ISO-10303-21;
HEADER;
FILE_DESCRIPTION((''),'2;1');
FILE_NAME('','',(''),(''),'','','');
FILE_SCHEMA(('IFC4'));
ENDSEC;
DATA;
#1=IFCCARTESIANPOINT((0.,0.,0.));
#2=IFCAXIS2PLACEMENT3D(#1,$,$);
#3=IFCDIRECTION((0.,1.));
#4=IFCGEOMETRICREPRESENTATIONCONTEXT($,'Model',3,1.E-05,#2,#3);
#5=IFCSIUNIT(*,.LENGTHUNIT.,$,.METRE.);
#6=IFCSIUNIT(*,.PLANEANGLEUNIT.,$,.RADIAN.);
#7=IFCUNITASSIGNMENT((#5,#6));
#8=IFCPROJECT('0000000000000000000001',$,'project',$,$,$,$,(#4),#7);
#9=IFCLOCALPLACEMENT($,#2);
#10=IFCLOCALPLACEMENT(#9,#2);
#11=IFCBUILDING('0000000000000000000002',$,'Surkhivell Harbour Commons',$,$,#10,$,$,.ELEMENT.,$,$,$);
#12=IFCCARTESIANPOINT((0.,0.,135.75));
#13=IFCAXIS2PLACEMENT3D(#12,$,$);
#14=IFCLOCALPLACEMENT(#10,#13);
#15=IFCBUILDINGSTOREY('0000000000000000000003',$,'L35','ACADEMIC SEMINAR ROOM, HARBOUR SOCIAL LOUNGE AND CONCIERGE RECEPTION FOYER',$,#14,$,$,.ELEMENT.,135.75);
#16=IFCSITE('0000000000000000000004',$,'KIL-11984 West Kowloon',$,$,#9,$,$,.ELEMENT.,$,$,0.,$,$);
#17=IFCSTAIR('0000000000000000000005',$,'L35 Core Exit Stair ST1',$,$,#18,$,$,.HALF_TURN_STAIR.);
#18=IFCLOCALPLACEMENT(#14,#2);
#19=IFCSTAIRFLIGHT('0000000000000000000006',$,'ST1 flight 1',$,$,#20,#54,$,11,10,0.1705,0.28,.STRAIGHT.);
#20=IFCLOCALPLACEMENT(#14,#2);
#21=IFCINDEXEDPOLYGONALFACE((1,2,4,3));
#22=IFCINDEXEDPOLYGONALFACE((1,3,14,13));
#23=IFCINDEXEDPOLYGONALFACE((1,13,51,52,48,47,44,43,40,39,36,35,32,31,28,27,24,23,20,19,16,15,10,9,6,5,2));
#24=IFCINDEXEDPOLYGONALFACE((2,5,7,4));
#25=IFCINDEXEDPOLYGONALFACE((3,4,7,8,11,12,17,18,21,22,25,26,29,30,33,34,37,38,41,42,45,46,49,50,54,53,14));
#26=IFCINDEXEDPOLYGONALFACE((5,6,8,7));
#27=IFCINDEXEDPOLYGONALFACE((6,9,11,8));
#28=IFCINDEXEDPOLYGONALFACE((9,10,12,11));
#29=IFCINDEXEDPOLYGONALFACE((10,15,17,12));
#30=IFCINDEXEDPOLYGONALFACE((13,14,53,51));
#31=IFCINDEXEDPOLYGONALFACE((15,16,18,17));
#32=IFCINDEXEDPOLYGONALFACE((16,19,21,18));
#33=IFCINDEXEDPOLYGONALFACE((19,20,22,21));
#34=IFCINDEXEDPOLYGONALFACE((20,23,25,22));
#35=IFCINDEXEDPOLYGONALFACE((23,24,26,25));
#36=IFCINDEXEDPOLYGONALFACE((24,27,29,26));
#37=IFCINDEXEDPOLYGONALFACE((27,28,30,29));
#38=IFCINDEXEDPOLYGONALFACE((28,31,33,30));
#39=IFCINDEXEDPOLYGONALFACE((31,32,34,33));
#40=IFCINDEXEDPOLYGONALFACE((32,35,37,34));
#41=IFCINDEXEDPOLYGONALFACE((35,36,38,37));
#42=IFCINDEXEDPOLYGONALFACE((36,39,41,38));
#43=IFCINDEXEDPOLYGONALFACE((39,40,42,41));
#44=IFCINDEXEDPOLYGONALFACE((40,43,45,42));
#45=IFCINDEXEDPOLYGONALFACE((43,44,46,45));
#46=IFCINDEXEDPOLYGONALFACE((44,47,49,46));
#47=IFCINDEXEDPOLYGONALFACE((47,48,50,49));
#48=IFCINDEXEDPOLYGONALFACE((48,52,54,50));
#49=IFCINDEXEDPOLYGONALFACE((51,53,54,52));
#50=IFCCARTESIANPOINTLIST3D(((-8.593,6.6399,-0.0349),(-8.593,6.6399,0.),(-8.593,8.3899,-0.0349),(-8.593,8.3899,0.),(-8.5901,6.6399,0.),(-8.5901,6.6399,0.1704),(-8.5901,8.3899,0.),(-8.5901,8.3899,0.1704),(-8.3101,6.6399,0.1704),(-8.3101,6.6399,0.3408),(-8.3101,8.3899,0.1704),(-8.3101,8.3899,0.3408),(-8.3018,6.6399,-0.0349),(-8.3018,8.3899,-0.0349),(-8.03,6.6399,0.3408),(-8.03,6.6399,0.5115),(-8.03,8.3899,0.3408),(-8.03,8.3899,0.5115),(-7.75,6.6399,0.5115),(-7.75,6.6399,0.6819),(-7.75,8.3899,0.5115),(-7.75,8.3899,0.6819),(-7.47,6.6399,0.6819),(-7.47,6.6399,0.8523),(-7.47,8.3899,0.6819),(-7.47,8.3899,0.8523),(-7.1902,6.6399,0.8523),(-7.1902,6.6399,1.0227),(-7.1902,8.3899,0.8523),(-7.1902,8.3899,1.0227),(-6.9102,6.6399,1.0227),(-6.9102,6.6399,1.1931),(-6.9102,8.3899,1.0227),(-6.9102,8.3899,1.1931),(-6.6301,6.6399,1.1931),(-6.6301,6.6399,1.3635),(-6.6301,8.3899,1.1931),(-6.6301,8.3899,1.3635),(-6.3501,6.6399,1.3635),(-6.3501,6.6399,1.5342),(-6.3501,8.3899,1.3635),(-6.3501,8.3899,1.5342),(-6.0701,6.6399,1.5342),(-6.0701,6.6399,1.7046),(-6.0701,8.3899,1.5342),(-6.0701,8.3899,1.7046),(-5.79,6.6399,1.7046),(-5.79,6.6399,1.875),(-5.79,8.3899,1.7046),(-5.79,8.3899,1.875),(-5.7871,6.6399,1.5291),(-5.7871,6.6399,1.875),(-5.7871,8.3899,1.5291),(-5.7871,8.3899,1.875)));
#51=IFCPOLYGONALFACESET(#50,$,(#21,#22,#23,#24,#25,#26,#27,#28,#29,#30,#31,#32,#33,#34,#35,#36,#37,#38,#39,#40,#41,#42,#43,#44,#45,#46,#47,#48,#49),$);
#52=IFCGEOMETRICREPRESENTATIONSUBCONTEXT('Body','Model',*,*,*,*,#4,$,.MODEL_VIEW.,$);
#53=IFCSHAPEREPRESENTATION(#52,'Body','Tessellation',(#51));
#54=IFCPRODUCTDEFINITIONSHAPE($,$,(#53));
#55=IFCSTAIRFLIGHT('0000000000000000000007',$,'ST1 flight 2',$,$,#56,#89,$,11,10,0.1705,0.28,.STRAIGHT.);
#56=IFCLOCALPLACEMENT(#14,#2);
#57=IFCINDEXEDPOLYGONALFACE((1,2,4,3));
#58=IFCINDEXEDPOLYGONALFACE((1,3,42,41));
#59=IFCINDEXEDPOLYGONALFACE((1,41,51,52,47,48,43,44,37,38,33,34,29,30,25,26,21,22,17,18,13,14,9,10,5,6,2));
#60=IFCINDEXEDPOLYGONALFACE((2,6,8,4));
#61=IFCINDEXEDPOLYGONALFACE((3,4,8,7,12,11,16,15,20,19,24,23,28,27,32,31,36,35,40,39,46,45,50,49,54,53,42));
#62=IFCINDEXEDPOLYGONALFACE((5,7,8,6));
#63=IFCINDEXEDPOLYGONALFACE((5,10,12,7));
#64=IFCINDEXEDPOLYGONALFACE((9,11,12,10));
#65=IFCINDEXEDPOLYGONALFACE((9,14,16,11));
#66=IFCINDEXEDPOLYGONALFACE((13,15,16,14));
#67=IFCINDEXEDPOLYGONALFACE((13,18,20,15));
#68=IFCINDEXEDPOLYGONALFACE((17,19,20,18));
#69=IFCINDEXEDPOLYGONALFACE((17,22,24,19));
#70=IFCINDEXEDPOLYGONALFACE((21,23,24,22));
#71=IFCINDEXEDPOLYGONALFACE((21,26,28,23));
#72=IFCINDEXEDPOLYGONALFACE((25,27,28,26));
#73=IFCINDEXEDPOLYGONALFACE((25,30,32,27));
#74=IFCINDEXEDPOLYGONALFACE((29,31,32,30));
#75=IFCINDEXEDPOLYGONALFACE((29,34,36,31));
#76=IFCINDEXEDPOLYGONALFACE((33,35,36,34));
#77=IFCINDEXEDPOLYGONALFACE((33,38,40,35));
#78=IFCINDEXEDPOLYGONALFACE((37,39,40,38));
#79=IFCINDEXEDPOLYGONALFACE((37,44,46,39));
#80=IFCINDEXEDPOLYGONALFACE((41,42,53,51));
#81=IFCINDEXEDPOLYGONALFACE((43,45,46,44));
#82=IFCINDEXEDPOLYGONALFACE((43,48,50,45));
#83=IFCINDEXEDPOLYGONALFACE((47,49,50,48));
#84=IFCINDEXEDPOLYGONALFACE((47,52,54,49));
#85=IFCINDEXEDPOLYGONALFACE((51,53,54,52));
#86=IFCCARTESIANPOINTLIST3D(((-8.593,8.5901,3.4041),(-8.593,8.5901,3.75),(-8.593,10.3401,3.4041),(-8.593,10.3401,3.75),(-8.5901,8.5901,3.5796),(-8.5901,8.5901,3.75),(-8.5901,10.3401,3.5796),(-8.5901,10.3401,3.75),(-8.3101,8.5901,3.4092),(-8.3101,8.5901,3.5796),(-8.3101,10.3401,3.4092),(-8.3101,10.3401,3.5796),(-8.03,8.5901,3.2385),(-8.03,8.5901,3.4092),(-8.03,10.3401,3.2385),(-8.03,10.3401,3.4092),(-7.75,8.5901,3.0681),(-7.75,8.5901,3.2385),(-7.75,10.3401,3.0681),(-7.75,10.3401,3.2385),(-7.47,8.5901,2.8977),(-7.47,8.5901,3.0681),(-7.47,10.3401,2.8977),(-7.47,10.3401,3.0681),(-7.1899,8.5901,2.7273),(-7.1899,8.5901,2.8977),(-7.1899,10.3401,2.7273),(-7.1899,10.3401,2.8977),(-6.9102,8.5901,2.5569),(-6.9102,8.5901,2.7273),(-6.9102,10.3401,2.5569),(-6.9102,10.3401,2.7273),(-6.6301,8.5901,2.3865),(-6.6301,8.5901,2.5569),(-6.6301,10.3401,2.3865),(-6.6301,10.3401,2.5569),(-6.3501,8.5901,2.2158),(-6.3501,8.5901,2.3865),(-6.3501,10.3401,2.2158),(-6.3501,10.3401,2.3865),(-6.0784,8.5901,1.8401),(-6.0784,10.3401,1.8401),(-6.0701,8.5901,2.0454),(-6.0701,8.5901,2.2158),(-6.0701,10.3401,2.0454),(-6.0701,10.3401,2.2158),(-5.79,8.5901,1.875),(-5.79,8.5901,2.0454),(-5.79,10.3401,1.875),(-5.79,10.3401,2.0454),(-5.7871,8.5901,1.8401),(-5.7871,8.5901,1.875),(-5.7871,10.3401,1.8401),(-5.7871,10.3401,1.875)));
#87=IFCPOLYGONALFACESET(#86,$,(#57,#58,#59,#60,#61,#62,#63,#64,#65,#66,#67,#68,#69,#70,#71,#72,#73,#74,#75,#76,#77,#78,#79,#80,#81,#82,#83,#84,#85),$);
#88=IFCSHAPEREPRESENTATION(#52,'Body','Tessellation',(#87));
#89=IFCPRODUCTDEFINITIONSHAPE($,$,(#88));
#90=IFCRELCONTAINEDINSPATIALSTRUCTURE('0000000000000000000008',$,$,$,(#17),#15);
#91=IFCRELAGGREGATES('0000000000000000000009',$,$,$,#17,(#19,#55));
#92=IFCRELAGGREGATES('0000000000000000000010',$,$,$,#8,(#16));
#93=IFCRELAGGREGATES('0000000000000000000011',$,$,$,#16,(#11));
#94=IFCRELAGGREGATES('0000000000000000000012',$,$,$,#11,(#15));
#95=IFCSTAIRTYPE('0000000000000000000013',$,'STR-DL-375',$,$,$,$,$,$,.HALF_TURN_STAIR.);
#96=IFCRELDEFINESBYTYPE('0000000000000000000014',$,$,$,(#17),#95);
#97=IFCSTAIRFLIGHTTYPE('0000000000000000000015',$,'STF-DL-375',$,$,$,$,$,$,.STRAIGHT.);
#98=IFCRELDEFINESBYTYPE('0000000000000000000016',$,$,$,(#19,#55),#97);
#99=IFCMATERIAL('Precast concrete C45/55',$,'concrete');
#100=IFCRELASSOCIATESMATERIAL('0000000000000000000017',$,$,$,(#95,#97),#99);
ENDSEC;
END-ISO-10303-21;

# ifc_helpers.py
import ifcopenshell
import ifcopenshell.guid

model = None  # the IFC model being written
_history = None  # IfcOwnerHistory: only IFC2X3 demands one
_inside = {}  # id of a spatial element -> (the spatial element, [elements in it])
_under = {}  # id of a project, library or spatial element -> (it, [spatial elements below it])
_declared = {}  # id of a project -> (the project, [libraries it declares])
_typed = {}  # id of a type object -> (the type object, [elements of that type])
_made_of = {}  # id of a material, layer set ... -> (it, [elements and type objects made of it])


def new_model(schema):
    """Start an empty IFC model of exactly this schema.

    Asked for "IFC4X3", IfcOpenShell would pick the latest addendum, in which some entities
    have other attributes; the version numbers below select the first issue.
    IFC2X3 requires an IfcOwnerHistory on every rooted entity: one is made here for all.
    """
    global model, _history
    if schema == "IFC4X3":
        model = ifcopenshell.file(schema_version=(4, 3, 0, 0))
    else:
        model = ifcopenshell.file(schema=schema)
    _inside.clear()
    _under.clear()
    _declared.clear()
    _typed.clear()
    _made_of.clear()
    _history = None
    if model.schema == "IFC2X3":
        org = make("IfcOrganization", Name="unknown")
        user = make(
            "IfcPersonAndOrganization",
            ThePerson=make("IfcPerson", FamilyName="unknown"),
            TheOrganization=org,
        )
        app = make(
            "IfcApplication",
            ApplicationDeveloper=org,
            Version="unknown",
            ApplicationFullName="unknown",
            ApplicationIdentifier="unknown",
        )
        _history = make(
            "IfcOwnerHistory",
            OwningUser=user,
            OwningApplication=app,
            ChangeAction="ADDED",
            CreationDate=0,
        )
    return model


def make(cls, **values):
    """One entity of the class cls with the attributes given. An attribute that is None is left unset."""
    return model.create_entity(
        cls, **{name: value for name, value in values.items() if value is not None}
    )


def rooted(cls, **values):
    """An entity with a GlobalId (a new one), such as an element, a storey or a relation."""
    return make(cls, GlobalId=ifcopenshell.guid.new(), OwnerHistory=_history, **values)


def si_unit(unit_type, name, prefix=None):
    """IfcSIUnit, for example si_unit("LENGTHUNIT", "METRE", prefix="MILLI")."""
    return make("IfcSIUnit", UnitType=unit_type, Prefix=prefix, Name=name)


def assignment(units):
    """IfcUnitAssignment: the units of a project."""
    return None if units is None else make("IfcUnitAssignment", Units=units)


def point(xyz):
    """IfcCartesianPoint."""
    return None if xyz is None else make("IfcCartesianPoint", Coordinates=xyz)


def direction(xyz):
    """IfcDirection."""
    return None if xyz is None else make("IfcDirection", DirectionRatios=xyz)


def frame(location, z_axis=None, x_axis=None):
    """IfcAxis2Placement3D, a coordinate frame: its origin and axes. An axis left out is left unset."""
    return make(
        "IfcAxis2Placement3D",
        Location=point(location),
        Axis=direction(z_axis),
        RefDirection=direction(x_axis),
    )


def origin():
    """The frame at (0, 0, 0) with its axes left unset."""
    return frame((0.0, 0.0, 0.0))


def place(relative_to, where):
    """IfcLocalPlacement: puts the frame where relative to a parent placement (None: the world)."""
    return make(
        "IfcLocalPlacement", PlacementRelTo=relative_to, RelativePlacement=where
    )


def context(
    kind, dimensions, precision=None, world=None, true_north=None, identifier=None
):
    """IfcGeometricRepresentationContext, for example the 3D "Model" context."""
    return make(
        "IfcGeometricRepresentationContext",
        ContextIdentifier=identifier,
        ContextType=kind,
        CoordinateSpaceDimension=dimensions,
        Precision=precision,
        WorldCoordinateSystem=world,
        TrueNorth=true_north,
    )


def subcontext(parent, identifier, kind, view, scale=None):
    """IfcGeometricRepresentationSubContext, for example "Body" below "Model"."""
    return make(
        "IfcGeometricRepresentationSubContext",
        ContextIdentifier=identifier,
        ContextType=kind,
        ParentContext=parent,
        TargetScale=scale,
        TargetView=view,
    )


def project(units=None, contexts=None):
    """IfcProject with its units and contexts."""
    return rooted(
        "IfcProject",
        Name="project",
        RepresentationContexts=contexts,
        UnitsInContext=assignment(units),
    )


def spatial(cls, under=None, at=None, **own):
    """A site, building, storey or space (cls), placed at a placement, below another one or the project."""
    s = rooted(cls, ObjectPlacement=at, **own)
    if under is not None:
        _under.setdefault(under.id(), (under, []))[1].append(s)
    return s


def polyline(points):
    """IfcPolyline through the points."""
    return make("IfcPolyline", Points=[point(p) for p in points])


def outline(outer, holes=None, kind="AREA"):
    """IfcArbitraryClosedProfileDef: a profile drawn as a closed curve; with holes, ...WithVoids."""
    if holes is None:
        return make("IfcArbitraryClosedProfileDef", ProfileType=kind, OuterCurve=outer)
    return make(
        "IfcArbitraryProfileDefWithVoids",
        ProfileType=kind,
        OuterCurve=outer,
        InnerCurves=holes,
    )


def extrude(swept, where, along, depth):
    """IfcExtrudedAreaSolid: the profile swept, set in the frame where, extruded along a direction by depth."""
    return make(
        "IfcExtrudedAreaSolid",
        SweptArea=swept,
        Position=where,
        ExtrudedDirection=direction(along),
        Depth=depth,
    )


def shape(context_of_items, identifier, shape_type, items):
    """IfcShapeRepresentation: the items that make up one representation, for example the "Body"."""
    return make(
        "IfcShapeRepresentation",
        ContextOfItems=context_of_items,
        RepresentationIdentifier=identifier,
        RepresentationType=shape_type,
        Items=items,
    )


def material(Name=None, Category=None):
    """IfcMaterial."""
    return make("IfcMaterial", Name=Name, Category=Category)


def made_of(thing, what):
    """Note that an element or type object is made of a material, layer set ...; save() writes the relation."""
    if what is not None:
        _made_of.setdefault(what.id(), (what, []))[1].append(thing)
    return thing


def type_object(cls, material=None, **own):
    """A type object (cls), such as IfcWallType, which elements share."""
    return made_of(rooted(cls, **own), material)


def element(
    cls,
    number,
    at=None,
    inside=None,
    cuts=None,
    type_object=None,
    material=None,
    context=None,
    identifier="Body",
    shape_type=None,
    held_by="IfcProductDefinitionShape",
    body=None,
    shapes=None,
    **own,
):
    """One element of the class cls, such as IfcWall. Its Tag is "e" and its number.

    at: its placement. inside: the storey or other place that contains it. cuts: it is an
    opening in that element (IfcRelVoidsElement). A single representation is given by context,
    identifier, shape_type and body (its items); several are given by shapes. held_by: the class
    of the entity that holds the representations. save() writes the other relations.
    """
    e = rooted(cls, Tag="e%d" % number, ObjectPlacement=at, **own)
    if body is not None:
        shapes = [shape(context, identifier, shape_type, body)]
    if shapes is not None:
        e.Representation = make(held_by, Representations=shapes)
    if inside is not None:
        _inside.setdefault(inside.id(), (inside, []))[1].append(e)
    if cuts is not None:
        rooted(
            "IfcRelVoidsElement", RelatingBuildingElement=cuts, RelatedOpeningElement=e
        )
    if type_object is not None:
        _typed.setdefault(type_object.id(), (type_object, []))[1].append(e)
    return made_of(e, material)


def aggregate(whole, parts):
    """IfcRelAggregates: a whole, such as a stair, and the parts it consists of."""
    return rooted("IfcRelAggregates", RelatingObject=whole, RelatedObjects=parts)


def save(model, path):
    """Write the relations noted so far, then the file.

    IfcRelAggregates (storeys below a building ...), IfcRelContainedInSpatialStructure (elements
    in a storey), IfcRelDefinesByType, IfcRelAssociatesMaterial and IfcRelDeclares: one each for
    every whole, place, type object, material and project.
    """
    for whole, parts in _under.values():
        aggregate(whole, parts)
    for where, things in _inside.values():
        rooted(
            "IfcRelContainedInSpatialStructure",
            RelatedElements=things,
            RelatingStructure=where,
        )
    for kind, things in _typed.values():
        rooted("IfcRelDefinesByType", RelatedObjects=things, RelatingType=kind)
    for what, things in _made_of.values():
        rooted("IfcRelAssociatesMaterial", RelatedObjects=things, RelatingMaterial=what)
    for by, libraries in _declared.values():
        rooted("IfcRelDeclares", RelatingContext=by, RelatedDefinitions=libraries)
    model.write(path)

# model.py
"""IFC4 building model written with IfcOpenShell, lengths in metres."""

from ifc_helpers import new_model, si_unit, direction, frame, origin, place, context, subcontext, project, spatial, polyline, outline, extrude, material, type_object, element, aggregate, save


model = new_model("IFC4")

# Units and contexts
model_context = context("Model", 3, precision=1e-05, world=origin(), true_north=direction((0.0, 1.0)))
body_context = subcontext(model_context, "Body", "Model", "MODEL_VIEW")
ifc_project = project(units=[si_unit("LENGTHUNIT", "METRE"), si_unit("PLANEANGLEUNIT", "RADIAN")], contexts=[model_context])

# Site, building, storey
site_placement = place(None, origin())
site = spatial("IfcSite", under=ifc_project, at=site_placement, Name="KIL-11984 West Kowloon", CompositionType="ELEMENT", RefElevation=0.0)
building_placement = place(site_placement, origin())
building = spatial("IfcBuilding", under=site, at=building_placement, Name="Surkhivell Harbour Commons", CompositionType="ELEMENT")
storey_placement = place(building_placement, frame((0.0, 0.0, 135.75)))
storey = spatial("IfcBuildingStorey", under=building, at=storey_placement, Name="L35", Description="ACADEMIC SEMINAR ROOM, HARBOUR SOCIAL LOUNGE AND CONCIERGE RECEPTION FOYER", CompositionType="ELEMENT", Elevation=135.75)

# Stair, stair flights
ifc_material_1 = material(Name="Precast concrete C45/55", Category="concrete")
stair_type = type_object("IfcStairType", Name="STR-DL-375", PredefinedType="HALF_TURN_STAIR", material=ifc_material_1)
stair_placement = place(storey_placement, origin())
stair = element("IfcStair", 1, at=stair_placement, inside=storey, type_object=stair_type, Name="L35 Core Exit Stair ST1", PredefinedType="HALF_TURN_STAIR")
stair_flight_type = type_object("IfcStairFlightType", Name="STF-DL-375", PredefinedType="STRAIGHT", material=ifc_material_1)
stair_flight_1_placement = place(storey_placement, frame((-8.5901, 7.5149, 0.0), z_axis=(0.0, 0.0, 1.0), x_axis=(1.0, 0.0, 0.0)))
stair_flight_1 = element("IfcStairFlight", 2, at=stair_flight_1_placement, type_object=stair_flight_type, Name="ST1 flight 1", NumberOfRisers=11, NumberOfTreads=10, PredefinedType="STRAIGHT", RiserHeight=0.1705, TreadLength=0.28, context=body_context, shape_type="SweptSolid", body=[
    extrude(outline(polyline([(-0.0029, -0.0349), (-0.0029, 0.0), (0.0, 0.0), (0.0, 0.1704), (0.28, 0.1704), (0.28, 0.3408), (0.5601, 0.3408), (0.5601, 0.5115), (0.8401, 0.5115), (0.8401, 0.6819), (1.1201, 0.6819), (1.1201, 0.8523), (1.3999, 0.8523), (1.3999, 1.0227), (1.6799, 1.0227), (1.6799, 1.1931), (1.96, 1.1931), (1.96, 1.3635), (2.24, 1.3635), (2.24, 1.5342), (2.52, 1.5342), (2.52, 1.7046), (2.8, 1.7046), (2.8, 1.875), (2.803, 1.875), (2.803, 1.5291), (0.2883, -0.0349), (-0.0029, -0.0349)])), frame((0.0, 0.875, 0.0), z_axis=(0.0, -1.0, 0.0), x_axis=(1.0, 0.0, 0.0)), (0.0, 0.0, 1.0), 1.75),
])
stair_flight_2_placement = place(storey_placement, frame((-5.79, 9.4651, 1.875), z_axis=(0.0, 0.0, 1.0), x_axis=(-1.0, 0.0, 0.0)))
stair_flight_2 = element("IfcStairFlight", 3, at=stair_flight_2_placement, type_object=stair_flight_type, Name="ST1 flight 2", NumberOfRisers=11, NumberOfTreads=10, PredefinedType="STRAIGHT", RiserHeight=0.1705, TreadLength=0.28, context=body_context, shape_type="SweptSolid", body=[
    extrude(outline(polyline([(-0.0029, -0.0349), (-0.0029, 0.0), (0.0, 0.0), (0.0, 0.1704), (0.28, 0.1704), (0.28, 0.3408), (0.5601, 0.3408), (0.5601, 0.5115), (0.8401, 0.5115), (0.8401, 0.6819), (1.1201, 0.6819), (1.1201, 0.8523), (1.3999, 0.8523), (1.3999, 1.0227), (1.6799, 1.0227), (1.6799, 1.1931), (1.96, 1.1931), (1.96, 1.3635), (2.24, 1.3635), (2.24, 1.5342), (2.52, 1.5342), (2.52, 1.7046), (2.8, 1.7046), (2.8, 1.875), (2.803, 1.875), (2.803, 1.5291), (0.2883, -0.0349), (-0.0029, -0.0349)])), frame((0.0, 0.875, 0.0), z_axis=(0.0, -1.0, 0.0), x_axis=(1.0, 0.0, 0.0)), (0.0, 0.0, 1.0), 1.75),
])
aggregate(stair, [stair_flight_1, stair_flight_2])

save(model, "model.ifc")
